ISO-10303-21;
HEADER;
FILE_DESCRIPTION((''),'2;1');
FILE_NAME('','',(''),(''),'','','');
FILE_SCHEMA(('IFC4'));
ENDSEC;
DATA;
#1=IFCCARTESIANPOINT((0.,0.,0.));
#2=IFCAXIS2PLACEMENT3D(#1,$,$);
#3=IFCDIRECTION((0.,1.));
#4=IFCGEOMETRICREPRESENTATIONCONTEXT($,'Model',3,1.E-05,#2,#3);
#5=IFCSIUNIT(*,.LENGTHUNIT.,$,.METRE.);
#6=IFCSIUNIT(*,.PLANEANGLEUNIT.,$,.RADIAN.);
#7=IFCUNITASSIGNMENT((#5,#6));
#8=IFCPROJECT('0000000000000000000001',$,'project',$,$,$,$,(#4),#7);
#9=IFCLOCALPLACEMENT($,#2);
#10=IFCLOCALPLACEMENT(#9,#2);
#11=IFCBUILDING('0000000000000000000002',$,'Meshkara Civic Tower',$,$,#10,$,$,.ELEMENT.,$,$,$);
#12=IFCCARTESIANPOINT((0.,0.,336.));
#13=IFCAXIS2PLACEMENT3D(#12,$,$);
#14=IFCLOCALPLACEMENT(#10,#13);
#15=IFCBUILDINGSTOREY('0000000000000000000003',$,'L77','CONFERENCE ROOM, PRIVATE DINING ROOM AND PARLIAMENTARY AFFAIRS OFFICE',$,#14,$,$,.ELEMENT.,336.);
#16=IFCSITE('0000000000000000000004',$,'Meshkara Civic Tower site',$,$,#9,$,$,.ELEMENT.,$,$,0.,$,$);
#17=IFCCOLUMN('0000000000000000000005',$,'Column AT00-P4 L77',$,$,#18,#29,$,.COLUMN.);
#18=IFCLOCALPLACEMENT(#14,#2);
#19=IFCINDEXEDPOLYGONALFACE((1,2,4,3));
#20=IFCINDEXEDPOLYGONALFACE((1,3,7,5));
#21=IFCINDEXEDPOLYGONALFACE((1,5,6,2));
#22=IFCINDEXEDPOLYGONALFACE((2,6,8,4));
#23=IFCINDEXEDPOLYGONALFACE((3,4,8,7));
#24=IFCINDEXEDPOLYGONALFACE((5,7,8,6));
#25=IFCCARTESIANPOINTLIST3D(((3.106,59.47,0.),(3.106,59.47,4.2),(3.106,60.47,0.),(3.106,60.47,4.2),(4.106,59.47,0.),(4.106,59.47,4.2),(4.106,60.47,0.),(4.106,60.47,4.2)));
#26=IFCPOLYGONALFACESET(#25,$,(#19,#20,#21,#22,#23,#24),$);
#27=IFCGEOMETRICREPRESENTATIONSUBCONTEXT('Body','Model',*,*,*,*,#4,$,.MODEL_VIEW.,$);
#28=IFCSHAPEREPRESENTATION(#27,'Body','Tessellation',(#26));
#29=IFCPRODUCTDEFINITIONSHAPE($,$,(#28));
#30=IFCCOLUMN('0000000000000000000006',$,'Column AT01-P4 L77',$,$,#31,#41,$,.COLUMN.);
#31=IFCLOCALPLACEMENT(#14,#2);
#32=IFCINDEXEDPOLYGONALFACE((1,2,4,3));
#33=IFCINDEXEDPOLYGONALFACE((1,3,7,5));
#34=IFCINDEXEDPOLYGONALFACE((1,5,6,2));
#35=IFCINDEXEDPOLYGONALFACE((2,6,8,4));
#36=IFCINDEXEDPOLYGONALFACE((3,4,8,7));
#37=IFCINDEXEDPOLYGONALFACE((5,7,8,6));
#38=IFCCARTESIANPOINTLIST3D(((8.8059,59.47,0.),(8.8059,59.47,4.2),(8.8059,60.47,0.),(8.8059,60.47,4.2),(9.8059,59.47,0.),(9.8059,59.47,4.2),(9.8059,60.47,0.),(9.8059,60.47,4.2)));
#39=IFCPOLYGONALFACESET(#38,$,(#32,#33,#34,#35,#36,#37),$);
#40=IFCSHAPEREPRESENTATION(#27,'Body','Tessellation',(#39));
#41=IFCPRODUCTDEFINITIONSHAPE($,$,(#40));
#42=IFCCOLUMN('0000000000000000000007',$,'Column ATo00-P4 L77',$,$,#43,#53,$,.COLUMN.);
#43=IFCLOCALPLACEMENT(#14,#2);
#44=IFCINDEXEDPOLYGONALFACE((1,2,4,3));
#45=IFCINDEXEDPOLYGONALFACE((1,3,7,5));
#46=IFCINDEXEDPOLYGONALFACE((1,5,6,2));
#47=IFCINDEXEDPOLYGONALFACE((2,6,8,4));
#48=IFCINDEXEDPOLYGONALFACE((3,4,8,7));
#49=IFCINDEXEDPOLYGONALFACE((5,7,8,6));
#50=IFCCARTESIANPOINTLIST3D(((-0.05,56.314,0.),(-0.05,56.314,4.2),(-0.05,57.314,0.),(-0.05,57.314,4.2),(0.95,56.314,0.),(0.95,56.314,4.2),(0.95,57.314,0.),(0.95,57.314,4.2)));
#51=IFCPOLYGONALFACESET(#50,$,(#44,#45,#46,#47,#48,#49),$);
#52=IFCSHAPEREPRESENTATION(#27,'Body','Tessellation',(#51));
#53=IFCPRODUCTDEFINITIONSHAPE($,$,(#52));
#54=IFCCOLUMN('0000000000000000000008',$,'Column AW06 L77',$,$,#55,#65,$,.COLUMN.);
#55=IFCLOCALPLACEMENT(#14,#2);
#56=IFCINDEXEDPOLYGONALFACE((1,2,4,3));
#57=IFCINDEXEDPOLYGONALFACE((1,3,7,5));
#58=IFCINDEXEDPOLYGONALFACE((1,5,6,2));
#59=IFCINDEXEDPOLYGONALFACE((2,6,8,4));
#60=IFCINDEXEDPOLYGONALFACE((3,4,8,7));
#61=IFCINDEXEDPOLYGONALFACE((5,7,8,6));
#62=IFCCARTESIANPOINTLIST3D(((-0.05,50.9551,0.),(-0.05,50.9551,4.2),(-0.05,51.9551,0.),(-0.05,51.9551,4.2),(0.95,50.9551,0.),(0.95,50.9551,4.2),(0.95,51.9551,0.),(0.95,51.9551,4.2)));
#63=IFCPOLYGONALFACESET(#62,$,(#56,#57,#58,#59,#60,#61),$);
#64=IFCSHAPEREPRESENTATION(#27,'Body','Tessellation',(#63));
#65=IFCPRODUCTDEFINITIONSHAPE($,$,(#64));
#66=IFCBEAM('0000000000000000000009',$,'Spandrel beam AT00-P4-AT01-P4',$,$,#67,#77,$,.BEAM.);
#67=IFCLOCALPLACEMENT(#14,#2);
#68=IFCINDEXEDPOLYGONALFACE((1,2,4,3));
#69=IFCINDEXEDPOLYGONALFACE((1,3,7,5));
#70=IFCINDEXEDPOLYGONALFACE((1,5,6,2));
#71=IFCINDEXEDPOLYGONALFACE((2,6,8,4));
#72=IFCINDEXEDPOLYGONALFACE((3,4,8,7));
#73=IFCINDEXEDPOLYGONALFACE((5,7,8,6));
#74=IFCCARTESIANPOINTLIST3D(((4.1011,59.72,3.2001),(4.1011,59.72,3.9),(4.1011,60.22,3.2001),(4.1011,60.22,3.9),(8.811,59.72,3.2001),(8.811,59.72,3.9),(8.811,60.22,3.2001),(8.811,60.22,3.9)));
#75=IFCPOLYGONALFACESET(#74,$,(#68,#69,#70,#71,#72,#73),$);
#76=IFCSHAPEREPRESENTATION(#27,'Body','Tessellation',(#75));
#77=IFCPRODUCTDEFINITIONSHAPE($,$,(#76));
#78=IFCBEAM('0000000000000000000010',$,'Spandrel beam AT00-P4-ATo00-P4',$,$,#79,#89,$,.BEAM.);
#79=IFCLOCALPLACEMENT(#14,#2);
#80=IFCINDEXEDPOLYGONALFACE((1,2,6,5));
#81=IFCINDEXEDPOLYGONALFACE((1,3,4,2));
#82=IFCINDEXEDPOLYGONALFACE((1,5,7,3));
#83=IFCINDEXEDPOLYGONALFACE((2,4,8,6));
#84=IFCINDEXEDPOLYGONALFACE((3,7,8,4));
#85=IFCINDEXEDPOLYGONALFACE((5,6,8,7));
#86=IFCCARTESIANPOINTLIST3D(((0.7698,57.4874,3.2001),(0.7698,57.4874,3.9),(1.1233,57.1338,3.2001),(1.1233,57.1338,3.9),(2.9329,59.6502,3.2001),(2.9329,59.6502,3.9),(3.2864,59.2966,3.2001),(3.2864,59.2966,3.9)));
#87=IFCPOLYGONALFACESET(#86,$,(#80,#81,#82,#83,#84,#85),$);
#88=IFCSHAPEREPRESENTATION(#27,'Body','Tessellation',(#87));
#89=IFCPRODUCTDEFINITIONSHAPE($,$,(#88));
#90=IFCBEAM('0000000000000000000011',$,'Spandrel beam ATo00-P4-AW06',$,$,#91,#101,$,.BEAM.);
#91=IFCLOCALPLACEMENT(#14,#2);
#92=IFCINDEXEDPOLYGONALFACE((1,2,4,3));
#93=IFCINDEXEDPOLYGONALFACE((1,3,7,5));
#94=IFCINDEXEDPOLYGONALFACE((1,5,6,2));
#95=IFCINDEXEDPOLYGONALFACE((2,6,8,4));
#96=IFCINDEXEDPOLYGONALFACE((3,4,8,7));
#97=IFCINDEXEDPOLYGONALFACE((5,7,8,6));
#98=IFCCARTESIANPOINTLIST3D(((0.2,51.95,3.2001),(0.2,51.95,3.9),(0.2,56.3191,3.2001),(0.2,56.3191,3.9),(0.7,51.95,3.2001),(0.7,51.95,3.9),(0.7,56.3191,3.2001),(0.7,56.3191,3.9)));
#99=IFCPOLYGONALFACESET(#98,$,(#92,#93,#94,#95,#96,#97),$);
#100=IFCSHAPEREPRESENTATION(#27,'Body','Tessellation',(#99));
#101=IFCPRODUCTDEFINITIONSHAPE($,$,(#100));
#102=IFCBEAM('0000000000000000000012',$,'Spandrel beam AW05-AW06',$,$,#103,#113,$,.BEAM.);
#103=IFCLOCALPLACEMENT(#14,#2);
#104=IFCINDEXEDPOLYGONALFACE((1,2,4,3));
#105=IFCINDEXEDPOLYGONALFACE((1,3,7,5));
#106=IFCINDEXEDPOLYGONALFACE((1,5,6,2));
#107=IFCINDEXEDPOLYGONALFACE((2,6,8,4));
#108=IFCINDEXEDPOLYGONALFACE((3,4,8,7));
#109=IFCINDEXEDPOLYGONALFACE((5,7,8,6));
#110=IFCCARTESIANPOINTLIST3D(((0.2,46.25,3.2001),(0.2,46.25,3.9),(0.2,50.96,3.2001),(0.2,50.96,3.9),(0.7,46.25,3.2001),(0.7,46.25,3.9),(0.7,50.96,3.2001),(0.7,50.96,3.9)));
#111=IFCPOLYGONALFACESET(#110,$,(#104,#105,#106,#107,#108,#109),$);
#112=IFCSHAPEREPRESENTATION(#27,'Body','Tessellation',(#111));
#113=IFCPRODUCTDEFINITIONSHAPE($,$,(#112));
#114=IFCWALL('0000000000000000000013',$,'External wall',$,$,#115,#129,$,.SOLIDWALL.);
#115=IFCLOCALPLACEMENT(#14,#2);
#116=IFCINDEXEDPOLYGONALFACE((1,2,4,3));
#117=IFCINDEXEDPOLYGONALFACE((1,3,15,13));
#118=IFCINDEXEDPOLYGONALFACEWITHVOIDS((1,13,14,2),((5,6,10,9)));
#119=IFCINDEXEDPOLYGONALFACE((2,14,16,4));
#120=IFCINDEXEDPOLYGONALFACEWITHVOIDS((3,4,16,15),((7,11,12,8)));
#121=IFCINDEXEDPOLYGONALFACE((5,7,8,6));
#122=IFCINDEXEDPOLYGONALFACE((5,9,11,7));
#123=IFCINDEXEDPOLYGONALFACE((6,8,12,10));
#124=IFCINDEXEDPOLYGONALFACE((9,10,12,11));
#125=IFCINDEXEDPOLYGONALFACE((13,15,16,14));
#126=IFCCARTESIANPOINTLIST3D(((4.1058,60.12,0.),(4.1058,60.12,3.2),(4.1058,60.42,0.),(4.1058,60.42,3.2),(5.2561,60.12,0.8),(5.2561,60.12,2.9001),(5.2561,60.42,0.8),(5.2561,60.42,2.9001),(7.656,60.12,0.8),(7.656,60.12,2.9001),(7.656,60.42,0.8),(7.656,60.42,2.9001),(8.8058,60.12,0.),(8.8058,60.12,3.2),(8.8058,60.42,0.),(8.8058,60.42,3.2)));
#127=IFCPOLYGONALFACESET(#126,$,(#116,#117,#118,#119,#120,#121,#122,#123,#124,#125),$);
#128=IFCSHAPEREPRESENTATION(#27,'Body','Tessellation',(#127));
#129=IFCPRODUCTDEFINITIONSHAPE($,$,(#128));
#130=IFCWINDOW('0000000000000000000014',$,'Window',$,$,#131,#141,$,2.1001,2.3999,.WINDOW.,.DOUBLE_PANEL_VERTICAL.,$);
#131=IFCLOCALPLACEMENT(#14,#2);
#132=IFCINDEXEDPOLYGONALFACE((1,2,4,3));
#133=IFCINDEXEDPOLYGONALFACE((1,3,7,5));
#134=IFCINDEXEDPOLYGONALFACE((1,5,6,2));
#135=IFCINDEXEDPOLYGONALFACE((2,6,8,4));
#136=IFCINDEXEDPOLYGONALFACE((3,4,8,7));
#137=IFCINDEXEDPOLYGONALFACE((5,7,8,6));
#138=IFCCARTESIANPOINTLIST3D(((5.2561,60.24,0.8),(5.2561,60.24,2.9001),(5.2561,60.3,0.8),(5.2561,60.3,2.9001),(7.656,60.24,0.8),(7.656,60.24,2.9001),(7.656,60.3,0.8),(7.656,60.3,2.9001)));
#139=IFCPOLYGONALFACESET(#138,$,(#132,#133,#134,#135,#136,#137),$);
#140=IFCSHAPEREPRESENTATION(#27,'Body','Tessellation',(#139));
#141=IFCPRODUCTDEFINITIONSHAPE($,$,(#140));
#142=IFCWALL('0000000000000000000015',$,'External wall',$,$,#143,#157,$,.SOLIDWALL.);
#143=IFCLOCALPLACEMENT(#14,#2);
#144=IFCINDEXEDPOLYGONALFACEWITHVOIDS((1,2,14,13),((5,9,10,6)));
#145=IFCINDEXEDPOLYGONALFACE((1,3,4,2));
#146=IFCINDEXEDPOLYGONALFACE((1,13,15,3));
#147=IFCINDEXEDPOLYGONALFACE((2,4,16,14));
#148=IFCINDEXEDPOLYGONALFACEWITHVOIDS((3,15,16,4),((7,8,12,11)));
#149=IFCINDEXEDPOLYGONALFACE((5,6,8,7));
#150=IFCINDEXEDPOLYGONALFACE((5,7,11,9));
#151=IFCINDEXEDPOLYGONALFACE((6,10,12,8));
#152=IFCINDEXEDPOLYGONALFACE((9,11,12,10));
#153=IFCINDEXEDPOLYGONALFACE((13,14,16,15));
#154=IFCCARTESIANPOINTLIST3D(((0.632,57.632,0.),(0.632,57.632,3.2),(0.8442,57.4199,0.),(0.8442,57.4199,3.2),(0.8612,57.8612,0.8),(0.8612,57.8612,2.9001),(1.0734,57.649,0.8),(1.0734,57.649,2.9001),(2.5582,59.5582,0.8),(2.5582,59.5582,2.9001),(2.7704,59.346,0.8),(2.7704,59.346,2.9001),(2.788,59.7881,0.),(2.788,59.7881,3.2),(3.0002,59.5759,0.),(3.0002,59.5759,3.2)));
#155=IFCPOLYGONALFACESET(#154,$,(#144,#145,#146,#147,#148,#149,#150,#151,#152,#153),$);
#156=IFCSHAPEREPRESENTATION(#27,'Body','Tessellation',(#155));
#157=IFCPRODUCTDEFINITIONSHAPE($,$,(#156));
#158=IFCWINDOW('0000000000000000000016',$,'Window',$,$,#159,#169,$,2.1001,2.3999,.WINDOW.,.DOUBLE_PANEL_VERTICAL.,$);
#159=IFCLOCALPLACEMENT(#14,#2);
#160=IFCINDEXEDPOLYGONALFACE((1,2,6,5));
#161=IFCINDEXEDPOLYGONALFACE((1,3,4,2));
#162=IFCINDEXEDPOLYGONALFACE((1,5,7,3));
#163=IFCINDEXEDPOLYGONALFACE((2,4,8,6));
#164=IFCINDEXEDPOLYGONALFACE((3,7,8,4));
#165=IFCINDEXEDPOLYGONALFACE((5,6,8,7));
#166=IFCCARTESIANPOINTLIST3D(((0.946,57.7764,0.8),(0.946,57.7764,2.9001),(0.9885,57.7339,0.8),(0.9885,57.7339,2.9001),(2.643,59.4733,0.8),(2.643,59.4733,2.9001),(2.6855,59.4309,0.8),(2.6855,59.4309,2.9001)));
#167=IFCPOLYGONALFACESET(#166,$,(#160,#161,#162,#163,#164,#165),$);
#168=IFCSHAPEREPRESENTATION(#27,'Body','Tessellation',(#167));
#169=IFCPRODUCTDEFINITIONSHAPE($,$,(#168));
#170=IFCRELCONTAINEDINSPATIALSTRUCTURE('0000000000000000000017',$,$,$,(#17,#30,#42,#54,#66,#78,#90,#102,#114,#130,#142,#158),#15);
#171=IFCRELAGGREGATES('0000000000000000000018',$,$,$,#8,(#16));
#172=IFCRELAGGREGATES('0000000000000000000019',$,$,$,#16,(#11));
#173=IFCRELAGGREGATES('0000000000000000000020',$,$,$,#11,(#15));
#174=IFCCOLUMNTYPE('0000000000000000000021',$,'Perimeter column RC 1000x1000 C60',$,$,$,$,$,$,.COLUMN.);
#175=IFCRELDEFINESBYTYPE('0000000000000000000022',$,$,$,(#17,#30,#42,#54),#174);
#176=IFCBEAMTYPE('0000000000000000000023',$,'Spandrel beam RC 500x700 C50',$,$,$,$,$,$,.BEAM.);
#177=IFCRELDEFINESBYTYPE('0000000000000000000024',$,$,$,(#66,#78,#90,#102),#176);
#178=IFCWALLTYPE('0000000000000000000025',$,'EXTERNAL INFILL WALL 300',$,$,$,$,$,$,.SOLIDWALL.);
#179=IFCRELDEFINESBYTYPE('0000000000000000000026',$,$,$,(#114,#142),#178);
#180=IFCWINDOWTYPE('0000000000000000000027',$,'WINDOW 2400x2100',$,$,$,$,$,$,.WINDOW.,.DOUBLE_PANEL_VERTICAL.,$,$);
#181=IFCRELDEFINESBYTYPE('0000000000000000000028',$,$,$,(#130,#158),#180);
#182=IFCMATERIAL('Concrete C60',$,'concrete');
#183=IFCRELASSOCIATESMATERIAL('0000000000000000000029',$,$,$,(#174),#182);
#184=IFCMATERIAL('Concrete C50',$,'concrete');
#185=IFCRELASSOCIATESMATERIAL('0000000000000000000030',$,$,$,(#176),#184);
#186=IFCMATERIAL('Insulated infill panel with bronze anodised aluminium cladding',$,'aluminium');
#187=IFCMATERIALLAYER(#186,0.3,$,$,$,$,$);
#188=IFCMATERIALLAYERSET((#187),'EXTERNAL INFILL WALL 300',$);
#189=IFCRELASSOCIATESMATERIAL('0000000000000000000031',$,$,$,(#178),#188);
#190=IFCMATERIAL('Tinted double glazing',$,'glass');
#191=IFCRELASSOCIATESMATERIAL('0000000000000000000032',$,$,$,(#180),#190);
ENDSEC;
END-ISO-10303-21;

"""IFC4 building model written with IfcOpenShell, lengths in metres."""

from ifc_helpers import new_model, si_unit, direction, frame, frame_2d, origin, origin_2d, place, context, subcontext, project, spatial, rectangle, extrude, material, layer, layer_set, material_profile, profile_set, type_object, element, fill, save


model = new_model("IFC4")

# Units and contexts
model_context = context("Model", 3, precision=1e-05, world=origin(), true_north=direction((0.0, 1.0)))
body_context = subcontext(model_context, "Body", "Model", "MODEL_VIEW")
ifc_project = project(units=[si_unit("LENGTHUNIT", "METRE"), si_unit("PLANEANGLEUNIT", "RADIAN")], contexts=[model_context])

# Site, building, storey
site_placement = place(None, origin())
site = spatial("IfcSite", under=ifc_project, at=site_placement, Name="Meshkara Civic Tower site", CompositionType="ELEMENT", RefElevation=0.0)
building_placement = place(site_placement, origin())
building = spatial("IfcBuilding", under=site, at=building_placement, Name="Meshkara Civic Tower", CompositionType="ELEMENT")
storey_placement = place(building_placement, frame((0.0, 0.0, 336.0)))
storey = spatial("IfcBuildingStorey", under=building, at=storey_placement, Name="L77", Description="CONFERENCE ROOM, PRIVATE DINING ROOM AND PARLIAMENTARY AFFAIRS OFFICE", CompositionType="ELEMENT", Elevation=336.0)

# Columns
ifc_material_1 = material(Name="Concrete C60", Category="concrete")
ifc_material_profile_1 = material_profile(ifc_material_1, rectangle(XDim=1.0, YDim=1.0, at=origin_2d()))
ifc_profile_set_1 = profile_set([ifc_material_profile_1], Name="Concrete C60")
column_type = type_object("IfcColumnType", Name="Perimeter column RC 1000x1000 C60", PredefinedType="COLUMN", material=ifc_profile_set_1)
for number, where, z_axis, x_axis, name in (
    (1, (3.606, 59.97, 0.0), (0.0, 0.0, 1.0), (1.0, 0.0, 0.0), "Column AT00-P4 L77"),
    (2, (9.3059, 59.97, 0.0), (0.0, 0.0, 1.0), (1.0, 0.0, 0.0), "Column AT01-P4 L77"),
    (3, (0.45, 56.814, 0.0), (0.0, 0.0, 1.0), (1.0, 0.0, 0.0), "Column ATo00-P4 L77"),
    (4, (0.45, 51.4551, 0.0), (0.0, 0.0, 1.0), (1.0, 0.0, 0.0), "Column AW06 L77"),
):
    element("IfcColumn", number, at=place(storey_placement, frame(where, z_axis=z_axis, x_axis=x_axis)), inside=storey, type_object=column_type, Name=name, PredefinedType="COLUMN", context=body_context, shape_type="SweptSolid", body=[
        extrude(rectangle(XDim=1.0, YDim=1.0, at=origin_2d()), origin(), (0.0, 0.0, 1.0), 4.2),
    ])

# Beams
ifc_material_2 = material(Name="Concrete C50", Category="concrete")
ifc_material_profile_2 = material_profile(ifc_material_2, rectangle(XDim=0.5, YDim=0.7, at=origin_2d()))
ifc_profile_set_2 = profile_set([ifc_material_profile_2], Name="Concrete C50")
beam_type = type_object("IfcBeamType", Name="Spandrel beam RC 500x700 C50", PredefinedType="BEAM", material=ifc_profile_set_2)
beam_1_placement = place(storey_placement, frame((8.811, 59.97, 3.55), z_axis=(-1.0, 0.0, 0.0), x_axis=(0.0, -1.0, 0.0)))
element("IfcBeam", 5, at=beam_1_placement, inside=storey, type_object=beam_type, Name="Spandrel beam AT00-P4-AT01-P4", PredefinedType="BEAM", context=body_context, shape_type="SweptSolid", body=[
    extrude(rectangle(XDim=0.5, YDim=0.7, at=origin_2d()), origin(), (0.0, 0.0, 1.0), 4.71),
])
beam_2_placement = place(storey_placement, frame((3.1096, 59.4734, 3.55), z_axis=(-0.707147, -0.707067, 0.0), x_axis=(0.707067, -0.707147, 0.0)))
element("IfcBeam", 6, at=beam_2_placement, inside=storey, type_object=beam_type, Name="Spandrel beam AT00-P4-ATo00-P4", PredefinedType="BEAM", context=body_context, shape_type="SweptSolid", body=[
    extrude(rectangle(XDim=0.5, YDim=0.7, at=origin_2d()), origin(), (0.0, 0.0, 1.0), 3.0588),
])
beam_3_placement = place(storey_placement, frame((0.45, 56.3191, 3.55), z_axis=(0.0, -1.0, 0.0), x_axis=(1.0, 0.0, 0.0)))
element("IfcBeam", 7, at=beam_3_placement, inside=storey, type_object=beam_type, Name="Spandrel beam ATo00-P4-AW06", PredefinedType="BEAM", context=body_context, shape_type="SweptSolid", body=[
    extrude(rectangle(XDim=0.5, YDim=0.7, at=origin_2d()), origin(), (0.0, 0.0, 1.0), 4.3691),
])
beam_4_placement = place(storey_placement, frame((0.45, 50.96, 3.55), z_axis=(0.0, -1.0, 0.0), x_axis=(1.0, 0.0, 0.0)))
element("IfcBeam", 8, at=beam_4_placement, inside=storey, type_object=beam_type, Name="Spandrel beam AW05-AW06", PredefinedType="BEAM", context=body_context, shape_type="SweptSolid", body=[
    extrude(rectangle(XDim=0.5, YDim=0.7, at=origin_2d()), origin(), (0.0, 0.0, 1.0), 4.71),
])

# Walls, openings, windows
ifc_material_3 = material(Name="Insulated infill panel with bronze anodised aluminium cladding", Category="aluminium")
ifc_layer_1 = layer(ifc_material_3, 0.3)
ifc_layer_set_1 = layer_set([ifc_layer_1], Name="EXTERNAL INFILL WALL 300")
wall_type_1 = type_object("IfcWallType", Name="EXTERNAL INFILL WALL 300", PredefinedType="SOLIDWALL", material=ifc_layer_set_1)
wall_1_placement = place(storey_placement, frame((8.8059, 60.27, 0.0), z_axis=(0.0, 0.0, 1.0), x_axis=(-1.0, 0.0, 0.0)))
wall_1 = element("IfcWall", 9, at=wall_1_placement, inside=storey, type_object=wall_type_1, Name="External wall", PredefinedType="SOLIDWALL", context=body_context, shape_type="SweptSolid", body=[
    extrude(rectangle(XDim=4.7, YDim=0.3, at=frame_2d((2.3501, 0.0))), origin(), (0.0, 0.0, 1.0), 3.2),
])
opening_1_placement = place(wall_1_placement, frame((1.1499, 0.0, 0.8)))
opening_1 = element("IfcOpeningElement", 10, at=opening_1_placement, cuts=wall_1, PredefinedType="OPENING", context=body_context, shape_type="SweptSolid", body=[
    extrude(rectangle(XDim=2.3999, YDim=2.1001, at=frame_2d((1.2, 1.05))), frame((0.0, 0.1599, 0.0), z_axis=(0.0, -1.0, 0.0), x_axis=(1.0, 0.0, 0.0)), (0.0, 0.0, 1.0), 0.3201),
])
ifc_material_4 = material(Name="Tinted double glazing", Category="glass")
window_type = type_object("IfcWindowType", Name="WINDOW 2400x2100", PartitioningType="DOUBLE_PANEL_VERTICAL", PredefinedType="WINDOW", material=ifc_material_4)
window_1_placement = place(opening_1_placement, origin())
window_1 = element("IfcWindow", 11, at=window_1_placement, inside=storey, type_object=window_type, Name="Window", OverallHeight=2.1001, OverallWidth=2.3999, PartitioningType="DOUBLE_PANEL_VERTICAL", PredefinedType="WINDOW", context=body_context, shape_type="SweptSolid", body=[
    extrude(rectangle(XDim=2.3999, YDim=2.1001, at=frame_2d((1.2, 1.05))), frame((0.0, 0.03, 0.0), z_axis=(0.0, -1.0, 0.0), x_axis=(1.0, 0.0, 0.0)), (0.0, 0.0, 1.0), 0.0601),
])
fill(opening_1, window_1)
wall_2_placement = place(storey_placement, frame((2.894, 59.6819, 0.0), z_axis=(0.0, 0.0, 1.0), x_axis=(-0.707107, -0.707107, 0.0)))
wall_2 = element("IfcWall", 12, at=wall_2_placement, inside=storey, type_object=wall_type_1, Name="External wall", PredefinedType="SOLIDWALL", context=body_context, shape_type="SweptSolid", body=[
    extrude(rectangle(XDim=3.0491, YDim=0.3, at=frame_2d((1.5244, 0.0))), origin(), (0.0, 0.0, 1.0), 3.2),
])
opening_2_placement = place(wall_2_placement, frame((0.325, 0.0, 0.8)))
opening_2 = element("IfcOpeningElement", 13, at=opening_2_placement, cuts=wall_2, PredefinedType="OPENING", context=body_context, shape_type="SweptSolid", body=[
    extrude(rectangle(XDim=2.3999, YDim=2.1001, at=frame_2d((1.2, 1.05))), frame((0.0, 0.1599, 0.0), z_axis=(0.0, -1.0, 0.0), x_axis=(1.0, 0.0, 0.0)), (0.0, 0.0, 1.0), 0.3201),
])
window_2_placement = place(opening_2_placement, origin())
window_2 = element("IfcWindow", 14, at=window_2_placement, inside=storey, type_object=window_type, Name="Window", OverallHeight=2.1001, OverallWidth=2.3999, PartitioningType="DOUBLE_PANEL_VERTICAL", PredefinedType="WINDOW", context=body_context, shape_type="SweptSolid", body=[
    extrude(rectangle(XDim=2.3999, YDim=2.1001, at=frame_2d((1.2, 1.05))), frame((0.0, 0.03, 0.0), z_axis=(0.0, -1.0, 0.0), x_axis=(1.0, 0.0, 0.0)), (0.0, 0.0, 1.0), 0.0601),
])
fill(opening_2, window_2)

save(model, "model.ifc")
